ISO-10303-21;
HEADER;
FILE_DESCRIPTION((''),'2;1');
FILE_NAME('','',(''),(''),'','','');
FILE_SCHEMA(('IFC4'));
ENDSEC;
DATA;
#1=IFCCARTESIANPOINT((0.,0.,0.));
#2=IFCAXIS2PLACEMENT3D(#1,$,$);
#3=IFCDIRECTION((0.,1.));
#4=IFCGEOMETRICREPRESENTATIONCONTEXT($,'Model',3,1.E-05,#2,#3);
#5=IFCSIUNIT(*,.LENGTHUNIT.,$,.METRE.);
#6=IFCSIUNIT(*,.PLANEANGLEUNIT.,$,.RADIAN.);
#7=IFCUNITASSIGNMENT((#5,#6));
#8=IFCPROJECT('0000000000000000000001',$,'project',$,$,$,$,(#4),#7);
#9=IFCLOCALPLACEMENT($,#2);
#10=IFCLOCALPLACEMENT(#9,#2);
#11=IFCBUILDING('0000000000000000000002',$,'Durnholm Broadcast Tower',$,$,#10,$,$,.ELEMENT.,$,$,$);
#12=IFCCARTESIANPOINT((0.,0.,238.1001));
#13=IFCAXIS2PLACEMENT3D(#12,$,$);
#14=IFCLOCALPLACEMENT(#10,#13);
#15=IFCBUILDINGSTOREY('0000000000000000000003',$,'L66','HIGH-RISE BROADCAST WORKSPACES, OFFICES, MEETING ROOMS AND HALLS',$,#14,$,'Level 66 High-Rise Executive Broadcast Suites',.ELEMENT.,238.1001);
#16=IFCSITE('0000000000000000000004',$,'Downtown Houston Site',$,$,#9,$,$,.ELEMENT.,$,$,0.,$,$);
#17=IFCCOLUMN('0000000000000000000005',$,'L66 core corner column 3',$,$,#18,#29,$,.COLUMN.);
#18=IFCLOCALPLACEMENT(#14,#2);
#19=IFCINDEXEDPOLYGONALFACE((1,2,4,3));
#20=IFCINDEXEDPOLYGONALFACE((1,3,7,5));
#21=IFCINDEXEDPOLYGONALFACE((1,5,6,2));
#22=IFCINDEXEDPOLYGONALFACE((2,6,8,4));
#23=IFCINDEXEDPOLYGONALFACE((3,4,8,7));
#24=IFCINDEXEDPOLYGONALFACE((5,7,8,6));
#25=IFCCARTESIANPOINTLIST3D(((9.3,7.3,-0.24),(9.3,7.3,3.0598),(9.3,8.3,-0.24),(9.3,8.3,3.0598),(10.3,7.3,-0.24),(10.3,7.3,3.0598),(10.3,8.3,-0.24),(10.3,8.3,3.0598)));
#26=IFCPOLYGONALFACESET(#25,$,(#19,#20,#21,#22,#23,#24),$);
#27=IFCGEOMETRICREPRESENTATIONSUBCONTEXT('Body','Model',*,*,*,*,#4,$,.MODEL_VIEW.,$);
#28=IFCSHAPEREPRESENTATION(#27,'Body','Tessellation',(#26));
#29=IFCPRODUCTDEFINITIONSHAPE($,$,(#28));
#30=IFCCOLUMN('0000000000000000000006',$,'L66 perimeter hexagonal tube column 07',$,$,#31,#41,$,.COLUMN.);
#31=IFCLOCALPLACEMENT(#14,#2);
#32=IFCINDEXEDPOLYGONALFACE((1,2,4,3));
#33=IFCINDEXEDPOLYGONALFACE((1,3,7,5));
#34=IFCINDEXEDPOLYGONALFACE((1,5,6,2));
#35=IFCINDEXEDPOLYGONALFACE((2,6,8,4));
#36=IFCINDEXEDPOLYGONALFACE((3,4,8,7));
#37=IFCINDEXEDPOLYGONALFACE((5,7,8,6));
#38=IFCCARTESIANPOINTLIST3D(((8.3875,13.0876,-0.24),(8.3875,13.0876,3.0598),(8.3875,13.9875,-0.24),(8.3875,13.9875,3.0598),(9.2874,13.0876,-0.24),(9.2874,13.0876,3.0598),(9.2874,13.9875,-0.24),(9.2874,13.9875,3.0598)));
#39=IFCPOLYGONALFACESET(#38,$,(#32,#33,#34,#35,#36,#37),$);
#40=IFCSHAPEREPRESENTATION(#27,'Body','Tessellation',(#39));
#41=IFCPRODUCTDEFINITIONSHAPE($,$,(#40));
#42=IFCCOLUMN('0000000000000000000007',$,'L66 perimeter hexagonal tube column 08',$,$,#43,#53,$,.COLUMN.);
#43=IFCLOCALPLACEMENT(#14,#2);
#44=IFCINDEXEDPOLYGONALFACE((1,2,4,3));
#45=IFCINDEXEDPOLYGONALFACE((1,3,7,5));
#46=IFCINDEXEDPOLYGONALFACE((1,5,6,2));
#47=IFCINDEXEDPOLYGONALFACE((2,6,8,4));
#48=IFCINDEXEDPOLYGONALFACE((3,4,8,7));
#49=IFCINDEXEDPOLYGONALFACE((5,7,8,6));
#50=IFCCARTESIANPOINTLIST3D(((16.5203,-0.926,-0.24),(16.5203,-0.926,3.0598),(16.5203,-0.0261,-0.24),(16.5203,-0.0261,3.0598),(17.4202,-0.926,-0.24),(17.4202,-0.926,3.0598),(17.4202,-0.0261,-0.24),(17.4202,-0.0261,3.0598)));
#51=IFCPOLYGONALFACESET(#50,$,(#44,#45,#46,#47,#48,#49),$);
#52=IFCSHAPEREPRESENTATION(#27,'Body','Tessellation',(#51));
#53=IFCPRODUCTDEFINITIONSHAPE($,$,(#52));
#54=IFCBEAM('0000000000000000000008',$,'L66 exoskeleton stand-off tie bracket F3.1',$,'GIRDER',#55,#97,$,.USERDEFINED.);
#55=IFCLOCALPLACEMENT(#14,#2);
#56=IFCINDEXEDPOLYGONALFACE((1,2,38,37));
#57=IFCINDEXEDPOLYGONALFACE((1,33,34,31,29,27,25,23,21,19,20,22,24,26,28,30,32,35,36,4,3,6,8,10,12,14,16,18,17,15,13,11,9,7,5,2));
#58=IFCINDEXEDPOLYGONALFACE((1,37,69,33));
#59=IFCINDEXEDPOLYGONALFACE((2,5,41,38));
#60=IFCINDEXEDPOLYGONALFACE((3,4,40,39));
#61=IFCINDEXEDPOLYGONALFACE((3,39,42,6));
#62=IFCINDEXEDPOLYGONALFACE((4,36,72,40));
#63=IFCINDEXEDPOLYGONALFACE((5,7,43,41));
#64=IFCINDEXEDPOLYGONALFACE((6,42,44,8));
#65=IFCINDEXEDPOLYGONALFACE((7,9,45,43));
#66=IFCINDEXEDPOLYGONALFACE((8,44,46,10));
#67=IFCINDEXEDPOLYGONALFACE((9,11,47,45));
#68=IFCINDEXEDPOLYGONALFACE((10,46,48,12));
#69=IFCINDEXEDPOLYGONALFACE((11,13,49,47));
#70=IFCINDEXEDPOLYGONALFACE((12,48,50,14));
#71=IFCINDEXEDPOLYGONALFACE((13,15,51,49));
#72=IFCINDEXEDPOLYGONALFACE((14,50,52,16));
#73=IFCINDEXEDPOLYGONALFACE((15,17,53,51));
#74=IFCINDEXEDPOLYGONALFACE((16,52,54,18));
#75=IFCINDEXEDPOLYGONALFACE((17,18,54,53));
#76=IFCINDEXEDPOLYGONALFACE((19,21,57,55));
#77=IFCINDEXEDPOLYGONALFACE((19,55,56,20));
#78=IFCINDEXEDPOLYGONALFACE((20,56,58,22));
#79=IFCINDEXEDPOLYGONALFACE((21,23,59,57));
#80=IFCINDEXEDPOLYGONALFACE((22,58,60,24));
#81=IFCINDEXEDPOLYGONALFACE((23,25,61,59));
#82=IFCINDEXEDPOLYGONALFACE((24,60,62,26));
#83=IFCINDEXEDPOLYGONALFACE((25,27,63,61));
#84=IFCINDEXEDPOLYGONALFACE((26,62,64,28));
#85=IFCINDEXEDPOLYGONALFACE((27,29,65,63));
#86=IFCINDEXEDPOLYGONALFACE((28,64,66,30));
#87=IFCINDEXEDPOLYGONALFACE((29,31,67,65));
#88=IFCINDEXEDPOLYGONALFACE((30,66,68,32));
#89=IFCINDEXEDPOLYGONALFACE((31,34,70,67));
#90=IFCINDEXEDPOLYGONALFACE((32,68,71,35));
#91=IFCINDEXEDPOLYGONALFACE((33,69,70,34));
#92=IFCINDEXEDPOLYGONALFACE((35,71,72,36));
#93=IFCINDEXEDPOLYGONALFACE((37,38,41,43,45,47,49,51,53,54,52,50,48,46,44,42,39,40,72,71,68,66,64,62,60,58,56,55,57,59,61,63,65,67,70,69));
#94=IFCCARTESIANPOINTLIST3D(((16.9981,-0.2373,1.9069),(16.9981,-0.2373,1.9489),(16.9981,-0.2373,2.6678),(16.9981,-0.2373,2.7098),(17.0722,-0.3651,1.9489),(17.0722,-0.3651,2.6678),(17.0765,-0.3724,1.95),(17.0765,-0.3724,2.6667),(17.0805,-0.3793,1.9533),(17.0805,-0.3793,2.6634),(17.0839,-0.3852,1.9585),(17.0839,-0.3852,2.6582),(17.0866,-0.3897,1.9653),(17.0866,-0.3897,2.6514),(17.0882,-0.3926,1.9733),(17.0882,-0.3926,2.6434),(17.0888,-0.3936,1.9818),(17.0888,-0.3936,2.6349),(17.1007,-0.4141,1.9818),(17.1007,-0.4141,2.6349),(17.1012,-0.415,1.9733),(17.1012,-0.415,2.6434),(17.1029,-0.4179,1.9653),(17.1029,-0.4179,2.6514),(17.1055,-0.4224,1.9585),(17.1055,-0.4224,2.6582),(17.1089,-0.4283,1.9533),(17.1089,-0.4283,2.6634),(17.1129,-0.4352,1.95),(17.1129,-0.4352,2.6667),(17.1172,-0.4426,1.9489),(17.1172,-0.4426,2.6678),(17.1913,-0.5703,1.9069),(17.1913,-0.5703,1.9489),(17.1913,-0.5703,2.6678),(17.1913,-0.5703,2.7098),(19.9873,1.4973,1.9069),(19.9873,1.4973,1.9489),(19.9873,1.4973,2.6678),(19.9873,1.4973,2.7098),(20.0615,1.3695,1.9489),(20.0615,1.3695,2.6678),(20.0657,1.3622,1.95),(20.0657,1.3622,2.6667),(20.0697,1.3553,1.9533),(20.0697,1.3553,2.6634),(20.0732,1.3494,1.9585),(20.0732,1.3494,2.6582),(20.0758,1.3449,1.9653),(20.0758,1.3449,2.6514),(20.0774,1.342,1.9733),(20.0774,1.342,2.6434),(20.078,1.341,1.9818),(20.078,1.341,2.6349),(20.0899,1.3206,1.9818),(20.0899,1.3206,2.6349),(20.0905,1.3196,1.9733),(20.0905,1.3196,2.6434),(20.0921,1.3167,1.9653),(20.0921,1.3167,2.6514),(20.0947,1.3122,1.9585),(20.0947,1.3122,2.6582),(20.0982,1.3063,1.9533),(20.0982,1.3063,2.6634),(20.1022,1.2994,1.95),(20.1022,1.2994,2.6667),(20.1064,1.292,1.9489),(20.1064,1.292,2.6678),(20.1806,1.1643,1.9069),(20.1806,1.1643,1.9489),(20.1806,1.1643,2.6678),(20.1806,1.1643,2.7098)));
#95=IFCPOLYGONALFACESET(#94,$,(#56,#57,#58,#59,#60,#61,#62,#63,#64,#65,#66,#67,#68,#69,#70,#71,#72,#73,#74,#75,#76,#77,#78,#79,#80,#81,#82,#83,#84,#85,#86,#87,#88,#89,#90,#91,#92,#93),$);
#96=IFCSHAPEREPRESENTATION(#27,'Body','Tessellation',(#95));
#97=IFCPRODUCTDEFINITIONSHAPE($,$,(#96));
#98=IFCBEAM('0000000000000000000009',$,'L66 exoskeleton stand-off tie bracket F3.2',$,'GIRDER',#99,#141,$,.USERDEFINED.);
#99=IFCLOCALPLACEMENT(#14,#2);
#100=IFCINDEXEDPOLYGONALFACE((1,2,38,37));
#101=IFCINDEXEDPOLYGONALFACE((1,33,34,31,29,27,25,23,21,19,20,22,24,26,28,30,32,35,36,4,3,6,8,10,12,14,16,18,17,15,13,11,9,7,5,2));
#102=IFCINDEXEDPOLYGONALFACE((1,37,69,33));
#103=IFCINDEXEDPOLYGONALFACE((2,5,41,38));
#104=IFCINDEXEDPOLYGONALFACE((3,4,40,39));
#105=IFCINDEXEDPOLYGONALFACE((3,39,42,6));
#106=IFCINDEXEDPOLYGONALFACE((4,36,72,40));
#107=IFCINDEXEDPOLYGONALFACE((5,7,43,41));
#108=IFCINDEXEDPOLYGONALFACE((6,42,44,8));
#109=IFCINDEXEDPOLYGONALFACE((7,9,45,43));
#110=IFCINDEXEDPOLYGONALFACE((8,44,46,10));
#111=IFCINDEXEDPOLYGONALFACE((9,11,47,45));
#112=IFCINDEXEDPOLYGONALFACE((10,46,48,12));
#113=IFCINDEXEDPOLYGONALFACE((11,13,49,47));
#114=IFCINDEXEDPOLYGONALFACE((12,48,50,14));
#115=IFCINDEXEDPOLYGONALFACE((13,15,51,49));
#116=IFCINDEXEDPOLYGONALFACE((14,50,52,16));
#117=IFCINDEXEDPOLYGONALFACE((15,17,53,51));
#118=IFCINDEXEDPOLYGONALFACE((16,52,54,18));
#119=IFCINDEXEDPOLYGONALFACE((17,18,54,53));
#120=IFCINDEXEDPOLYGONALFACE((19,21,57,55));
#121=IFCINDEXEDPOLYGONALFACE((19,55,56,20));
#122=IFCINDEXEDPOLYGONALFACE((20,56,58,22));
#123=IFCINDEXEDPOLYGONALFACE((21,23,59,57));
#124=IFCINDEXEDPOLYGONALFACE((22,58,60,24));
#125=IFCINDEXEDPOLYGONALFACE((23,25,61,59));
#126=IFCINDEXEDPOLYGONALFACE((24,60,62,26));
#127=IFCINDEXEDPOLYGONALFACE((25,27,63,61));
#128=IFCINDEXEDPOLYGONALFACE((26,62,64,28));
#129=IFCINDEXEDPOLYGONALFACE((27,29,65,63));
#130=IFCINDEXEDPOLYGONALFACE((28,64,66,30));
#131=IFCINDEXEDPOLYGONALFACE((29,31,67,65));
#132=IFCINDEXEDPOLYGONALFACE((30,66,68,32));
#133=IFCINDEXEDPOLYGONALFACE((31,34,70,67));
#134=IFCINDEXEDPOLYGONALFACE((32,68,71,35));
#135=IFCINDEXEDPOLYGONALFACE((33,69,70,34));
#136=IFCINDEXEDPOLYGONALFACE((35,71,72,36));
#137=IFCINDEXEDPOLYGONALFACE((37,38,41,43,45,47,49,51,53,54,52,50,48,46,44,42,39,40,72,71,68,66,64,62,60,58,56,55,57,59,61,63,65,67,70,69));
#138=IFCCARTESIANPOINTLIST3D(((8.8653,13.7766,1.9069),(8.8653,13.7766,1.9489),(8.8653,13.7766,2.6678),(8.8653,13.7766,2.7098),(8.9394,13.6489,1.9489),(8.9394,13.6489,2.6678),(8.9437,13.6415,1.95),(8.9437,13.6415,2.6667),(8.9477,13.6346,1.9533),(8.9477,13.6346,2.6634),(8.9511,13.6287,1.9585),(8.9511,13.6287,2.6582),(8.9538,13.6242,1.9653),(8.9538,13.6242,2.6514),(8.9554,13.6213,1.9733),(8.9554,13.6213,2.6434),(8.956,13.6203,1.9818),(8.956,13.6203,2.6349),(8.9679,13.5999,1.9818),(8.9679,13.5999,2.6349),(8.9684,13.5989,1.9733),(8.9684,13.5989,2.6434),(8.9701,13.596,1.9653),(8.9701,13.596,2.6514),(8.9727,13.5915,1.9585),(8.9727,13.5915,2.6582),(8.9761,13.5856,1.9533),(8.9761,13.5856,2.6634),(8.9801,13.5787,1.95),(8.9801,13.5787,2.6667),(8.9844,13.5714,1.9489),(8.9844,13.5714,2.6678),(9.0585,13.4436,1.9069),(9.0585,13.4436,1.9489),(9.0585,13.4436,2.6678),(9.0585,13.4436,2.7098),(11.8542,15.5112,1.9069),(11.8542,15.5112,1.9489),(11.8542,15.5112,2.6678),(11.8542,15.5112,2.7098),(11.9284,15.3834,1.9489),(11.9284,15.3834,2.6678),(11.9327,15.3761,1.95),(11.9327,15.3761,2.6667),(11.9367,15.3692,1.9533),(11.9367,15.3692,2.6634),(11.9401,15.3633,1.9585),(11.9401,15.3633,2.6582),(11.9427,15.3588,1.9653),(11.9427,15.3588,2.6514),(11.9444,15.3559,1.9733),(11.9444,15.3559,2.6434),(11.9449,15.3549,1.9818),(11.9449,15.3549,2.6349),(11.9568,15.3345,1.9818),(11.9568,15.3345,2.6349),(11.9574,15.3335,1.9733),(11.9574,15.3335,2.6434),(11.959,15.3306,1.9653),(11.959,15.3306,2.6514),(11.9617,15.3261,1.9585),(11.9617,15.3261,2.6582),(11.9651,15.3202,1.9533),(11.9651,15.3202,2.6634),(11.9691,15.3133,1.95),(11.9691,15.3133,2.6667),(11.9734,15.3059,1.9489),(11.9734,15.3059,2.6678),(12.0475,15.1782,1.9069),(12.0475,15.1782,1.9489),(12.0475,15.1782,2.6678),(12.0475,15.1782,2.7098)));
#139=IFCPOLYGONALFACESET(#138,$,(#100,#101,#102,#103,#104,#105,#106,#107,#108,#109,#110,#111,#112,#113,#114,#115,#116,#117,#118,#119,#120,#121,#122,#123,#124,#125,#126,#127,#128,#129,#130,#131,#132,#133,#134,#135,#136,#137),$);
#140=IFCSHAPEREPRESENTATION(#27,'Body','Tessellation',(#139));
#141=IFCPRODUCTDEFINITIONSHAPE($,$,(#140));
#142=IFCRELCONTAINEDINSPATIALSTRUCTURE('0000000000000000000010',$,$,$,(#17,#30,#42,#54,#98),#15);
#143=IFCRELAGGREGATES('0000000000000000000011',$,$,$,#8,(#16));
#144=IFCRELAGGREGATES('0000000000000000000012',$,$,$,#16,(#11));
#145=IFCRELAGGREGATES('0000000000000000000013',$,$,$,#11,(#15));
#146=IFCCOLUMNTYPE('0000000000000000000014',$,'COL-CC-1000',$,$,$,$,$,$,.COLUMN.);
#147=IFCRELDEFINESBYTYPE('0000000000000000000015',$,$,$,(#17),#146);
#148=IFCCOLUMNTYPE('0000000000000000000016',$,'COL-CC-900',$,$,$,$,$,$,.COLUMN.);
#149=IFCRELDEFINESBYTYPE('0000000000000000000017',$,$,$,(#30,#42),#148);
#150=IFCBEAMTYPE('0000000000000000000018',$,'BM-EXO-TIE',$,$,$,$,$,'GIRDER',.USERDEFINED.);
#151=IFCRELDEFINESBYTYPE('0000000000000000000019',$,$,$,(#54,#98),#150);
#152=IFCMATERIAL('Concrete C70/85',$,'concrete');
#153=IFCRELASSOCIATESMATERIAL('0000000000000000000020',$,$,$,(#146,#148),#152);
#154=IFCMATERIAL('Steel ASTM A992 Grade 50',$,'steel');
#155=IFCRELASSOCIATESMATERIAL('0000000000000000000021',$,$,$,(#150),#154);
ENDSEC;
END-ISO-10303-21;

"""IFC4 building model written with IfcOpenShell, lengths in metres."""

from ifc_helpers import new_model, si_unit, direction, frame, origin, origin_2d, place, context, subcontext, project, spatial, rectangle, i_section, extrude, source, transform, mapped, material, material_profile, profile_set, type_object, type_shapes, element, save


model = new_model("IFC4")

# Units and contexts
model_context = context("Model", 3, precision=1e-05, world=origin(), true_north=direction((0.0, 1.0)))
body_context = subcontext(model_context, "Body", "Model", "MODEL_VIEW")
ifc_project = project(units=[si_unit("LENGTHUNIT", "METRE"), si_unit("PLANEANGLEUNIT", "RADIAN")], contexts=[model_context])

# Site, building, storey
site_placement = place(None, origin())
site = spatial("IfcSite", under=ifc_project, at=site_placement, Name="Downtown Houston Site", CompositionType="ELEMENT", RefElevation=0.0)
building_placement = place(site_placement, origin())
building = spatial("IfcBuilding", under=site, at=building_placement, Name="Durnholm Broadcast Tower", CompositionType="ELEMENT")
storey_placement = place(building_placement, frame((0.0, 0.0, 238.1001)))
storey = spatial("IfcBuildingStorey", under=building, at=storey_placement, Name="L66", Description="HIGH-RISE BROADCAST WORKSPACES, OFFICES, MEETING ROOMS AND HALLS", LongName="Level 66 High-Rise Executive Broadcast Suites", CompositionType="ELEMENT", Elevation=238.1001)

# Columns
ifc_material_1 = material(Name="Concrete C70/85", Category="concrete")
ifc_material_profile_1 = material_profile(ifc_material_1, rectangle(XDim=1.0, YDim=1.0, at=origin_2d()), Name="RC1000X1000")
ifc_profile_set_1 = profile_set([ifc_material_profile_1], Name="Concrete C70/85")
column_type_1 = type_object("IfcColumnType", Name="COL-CC-1000", PredefinedType="COLUMN", material=ifc_profile_set_1)
shared_shape_1 = source(origin(), body_context, "Body", "SweptSolid", [
    extrude(rectangle(XDim=1.0, YDim=1.0, at=origin_2d()), origin(), (0.0, 0.0, 1.0), 3.2998),
])
type_shapes(column_type_1, [shared_shape_1])
column_placement = place(storey_placement, frame((9.8, 7.8, -0.24), z_axis=(0.0, 0.0, 1.0), x_axis=(1.0, 0.0, 0.0)))
element("IfcColumn", 1, at=column_placement, inside=storey, type_object=column_type_1, Name="L66 core corner column 3", PredefinedType="COLUMN", context=body_context, shape_type="MappedRepresentation", body=[
    mapped(shared_shape_1, transform((0.0, 0.0, 0.0), x_axis=(1.0, 0.0, 0.0), y_axis=(0.0, 1.0, 0.0), z_axis=(0.0, 0.0, 1.0), scale=1.0)),
])
ifc_material_profile_2 = material_profile(ifc_material_1, rectangle(XDim=0.8999, YDim=0.8999, at=origin_2d()), Name="RC900X900")
ifc_profile_set_2 = profile_set([ifc_material_profile_2], Name="Concrete C70/85")
column_type_2 = type_object("IfcColumnType", Name="COL-CC-900", PredefinedType="COLUMN", material=ifc_profile_set_2)
shared_shape_2 = source(origin(), body_context, "Body", "SweptSolid", [
    extrude(rectangle(XDim=0.8999, YDim=0.8999, at=origin_2d()), origin(), (0.0, 0.0, 1.0), 3.2998),
])
type_shapes(column_type_2, [shared_shape_2])
for number, where, z_axis, x_axis, name in (
    (2, (8.8374, 13.5376, -0.24), (0.0, 0.0, 1.0), (1.0, 0.0, 0.0), "L66 perimeter hexagonal tube column 07"),
    (3, (16.9702, -0.4761, -0.24), (0.0, 0.0, 1.0), (1.0, 0.0, 0.0), "L66 perimeter hexagonal tube column 08"),
):
    element("IfcColumn", number, at=place(storey_placement, frame(where, z_axis=z_axis, x_axis=x_axis)), inside=storey, type_object=column_type_2, Name=name, PredefinedType="COLUMN", context=body_context, shape_type="MappedRepresentation", body=[
        mapped(shared_shape_2, transform((0.0, 0.0, 0.0), x_axis=(1.0, 0.0, 0.0), y_axis=(0.0, 1.0, 0.0), z_axis=(0.0, 0.0, 1.0), scale=1.0)),
    ])

# Beams
ifc_material_2 = material(Name="Steel ASTM A992 Grade 50", Category="steel")
ifc_material_profile_3 = material_profile(ifc_material_2, i_section(OverallWidth=0.385, OverallDepth=0.803, WebThickness=0.0237, FlangeThickness=0.042, FilletRadius=0.033, at=origin_2d()), Name="W30X261")
ifc_profile_set_3 = profile_set([ifc_material_profile_3], Name="Steel ASTM A992 Grade 50")
beam_type_1 = type_object("IfcBeamType", Name="BM-EXO-TIE", ElementType="GIRDER", PredefinedType="USERDEFINED", material=ifc_profile_set_3)
shared_shape_3 = source(origin(), body_context, "Body", "SweptSolid", [
    extrude(i_section(OverallWidth=0.385, OverallDepth=0.803, WebThickness=0.0237, FlangeThickness=0.042, FilletRadius=0.033, at=origin_2d()), origin(), (0.0, 0.0, 1.0), 3.4561),
])
beam_1_placement = place(storey_placement, frame((17.0947, -0.4038, 2.3083), z_axis=(0.864924, 0.501902, 0.0), x_axis=(-0.501902, 0.864924, 0.0)))
element("IfcBeam", 4, at=beam_1_placement, inside=storey, type_object=beam_type_1, Name="L66 exoskeleton stand-off tie bracket F3.1", ObjectType="GIRDER", PredefinedType="USERDEFINED", context=body_context, shape_type="MappedRepresentation", body=[
    mapped(shared_shape_3, transform((0.0, 0.0, 0.0), x_axis=(1.0, 0.0, 0.0), y_axis=(0.0, 1.0, 0.0), z_axis=(0.0, 0.0, 1.0), scale=1.0)),
])
shared_shape_4 = source(origin(), body_context, "Body", "SweptSolid", [
    extrude(i_section(OverallWidth=0.385, OverallDepth=0.803, WebThickness=0.0237, FlangeThickness=0.042, FilletRadius=0.033, at=origin_2d()), origin(), (0.0, 0.0, 1.0), 3.4558),
])
beam_2_placement = place(storey_placement, frame((8.9619, 13.6101, 2.3083), z_axis=(0.864907, 0.501933, 0.0), x_axis=(-0.501933, 0.864907, 0.0)))
element("IfcBeam", 5, at=beam_2_placement, inside=storey, type_object=beam_type_1, Name="L66 exoskeleton stand-off tie bracket F3.2", ObjectType="GIRDER", PredefinedType="USERDEFINED", context=body_context, shape_type="MappedRepresentation", body=[
    mapped(shared_shape_4, transform((0.0, 0.0, 0.0), x_axis=(1.0, 0.0, 0.0), y_axis=(0.0, 1.0, 0.0), z_axis=(0.0, 0.0, 1.0), scale=1.0)),
])

save(model, "model.ifc")
